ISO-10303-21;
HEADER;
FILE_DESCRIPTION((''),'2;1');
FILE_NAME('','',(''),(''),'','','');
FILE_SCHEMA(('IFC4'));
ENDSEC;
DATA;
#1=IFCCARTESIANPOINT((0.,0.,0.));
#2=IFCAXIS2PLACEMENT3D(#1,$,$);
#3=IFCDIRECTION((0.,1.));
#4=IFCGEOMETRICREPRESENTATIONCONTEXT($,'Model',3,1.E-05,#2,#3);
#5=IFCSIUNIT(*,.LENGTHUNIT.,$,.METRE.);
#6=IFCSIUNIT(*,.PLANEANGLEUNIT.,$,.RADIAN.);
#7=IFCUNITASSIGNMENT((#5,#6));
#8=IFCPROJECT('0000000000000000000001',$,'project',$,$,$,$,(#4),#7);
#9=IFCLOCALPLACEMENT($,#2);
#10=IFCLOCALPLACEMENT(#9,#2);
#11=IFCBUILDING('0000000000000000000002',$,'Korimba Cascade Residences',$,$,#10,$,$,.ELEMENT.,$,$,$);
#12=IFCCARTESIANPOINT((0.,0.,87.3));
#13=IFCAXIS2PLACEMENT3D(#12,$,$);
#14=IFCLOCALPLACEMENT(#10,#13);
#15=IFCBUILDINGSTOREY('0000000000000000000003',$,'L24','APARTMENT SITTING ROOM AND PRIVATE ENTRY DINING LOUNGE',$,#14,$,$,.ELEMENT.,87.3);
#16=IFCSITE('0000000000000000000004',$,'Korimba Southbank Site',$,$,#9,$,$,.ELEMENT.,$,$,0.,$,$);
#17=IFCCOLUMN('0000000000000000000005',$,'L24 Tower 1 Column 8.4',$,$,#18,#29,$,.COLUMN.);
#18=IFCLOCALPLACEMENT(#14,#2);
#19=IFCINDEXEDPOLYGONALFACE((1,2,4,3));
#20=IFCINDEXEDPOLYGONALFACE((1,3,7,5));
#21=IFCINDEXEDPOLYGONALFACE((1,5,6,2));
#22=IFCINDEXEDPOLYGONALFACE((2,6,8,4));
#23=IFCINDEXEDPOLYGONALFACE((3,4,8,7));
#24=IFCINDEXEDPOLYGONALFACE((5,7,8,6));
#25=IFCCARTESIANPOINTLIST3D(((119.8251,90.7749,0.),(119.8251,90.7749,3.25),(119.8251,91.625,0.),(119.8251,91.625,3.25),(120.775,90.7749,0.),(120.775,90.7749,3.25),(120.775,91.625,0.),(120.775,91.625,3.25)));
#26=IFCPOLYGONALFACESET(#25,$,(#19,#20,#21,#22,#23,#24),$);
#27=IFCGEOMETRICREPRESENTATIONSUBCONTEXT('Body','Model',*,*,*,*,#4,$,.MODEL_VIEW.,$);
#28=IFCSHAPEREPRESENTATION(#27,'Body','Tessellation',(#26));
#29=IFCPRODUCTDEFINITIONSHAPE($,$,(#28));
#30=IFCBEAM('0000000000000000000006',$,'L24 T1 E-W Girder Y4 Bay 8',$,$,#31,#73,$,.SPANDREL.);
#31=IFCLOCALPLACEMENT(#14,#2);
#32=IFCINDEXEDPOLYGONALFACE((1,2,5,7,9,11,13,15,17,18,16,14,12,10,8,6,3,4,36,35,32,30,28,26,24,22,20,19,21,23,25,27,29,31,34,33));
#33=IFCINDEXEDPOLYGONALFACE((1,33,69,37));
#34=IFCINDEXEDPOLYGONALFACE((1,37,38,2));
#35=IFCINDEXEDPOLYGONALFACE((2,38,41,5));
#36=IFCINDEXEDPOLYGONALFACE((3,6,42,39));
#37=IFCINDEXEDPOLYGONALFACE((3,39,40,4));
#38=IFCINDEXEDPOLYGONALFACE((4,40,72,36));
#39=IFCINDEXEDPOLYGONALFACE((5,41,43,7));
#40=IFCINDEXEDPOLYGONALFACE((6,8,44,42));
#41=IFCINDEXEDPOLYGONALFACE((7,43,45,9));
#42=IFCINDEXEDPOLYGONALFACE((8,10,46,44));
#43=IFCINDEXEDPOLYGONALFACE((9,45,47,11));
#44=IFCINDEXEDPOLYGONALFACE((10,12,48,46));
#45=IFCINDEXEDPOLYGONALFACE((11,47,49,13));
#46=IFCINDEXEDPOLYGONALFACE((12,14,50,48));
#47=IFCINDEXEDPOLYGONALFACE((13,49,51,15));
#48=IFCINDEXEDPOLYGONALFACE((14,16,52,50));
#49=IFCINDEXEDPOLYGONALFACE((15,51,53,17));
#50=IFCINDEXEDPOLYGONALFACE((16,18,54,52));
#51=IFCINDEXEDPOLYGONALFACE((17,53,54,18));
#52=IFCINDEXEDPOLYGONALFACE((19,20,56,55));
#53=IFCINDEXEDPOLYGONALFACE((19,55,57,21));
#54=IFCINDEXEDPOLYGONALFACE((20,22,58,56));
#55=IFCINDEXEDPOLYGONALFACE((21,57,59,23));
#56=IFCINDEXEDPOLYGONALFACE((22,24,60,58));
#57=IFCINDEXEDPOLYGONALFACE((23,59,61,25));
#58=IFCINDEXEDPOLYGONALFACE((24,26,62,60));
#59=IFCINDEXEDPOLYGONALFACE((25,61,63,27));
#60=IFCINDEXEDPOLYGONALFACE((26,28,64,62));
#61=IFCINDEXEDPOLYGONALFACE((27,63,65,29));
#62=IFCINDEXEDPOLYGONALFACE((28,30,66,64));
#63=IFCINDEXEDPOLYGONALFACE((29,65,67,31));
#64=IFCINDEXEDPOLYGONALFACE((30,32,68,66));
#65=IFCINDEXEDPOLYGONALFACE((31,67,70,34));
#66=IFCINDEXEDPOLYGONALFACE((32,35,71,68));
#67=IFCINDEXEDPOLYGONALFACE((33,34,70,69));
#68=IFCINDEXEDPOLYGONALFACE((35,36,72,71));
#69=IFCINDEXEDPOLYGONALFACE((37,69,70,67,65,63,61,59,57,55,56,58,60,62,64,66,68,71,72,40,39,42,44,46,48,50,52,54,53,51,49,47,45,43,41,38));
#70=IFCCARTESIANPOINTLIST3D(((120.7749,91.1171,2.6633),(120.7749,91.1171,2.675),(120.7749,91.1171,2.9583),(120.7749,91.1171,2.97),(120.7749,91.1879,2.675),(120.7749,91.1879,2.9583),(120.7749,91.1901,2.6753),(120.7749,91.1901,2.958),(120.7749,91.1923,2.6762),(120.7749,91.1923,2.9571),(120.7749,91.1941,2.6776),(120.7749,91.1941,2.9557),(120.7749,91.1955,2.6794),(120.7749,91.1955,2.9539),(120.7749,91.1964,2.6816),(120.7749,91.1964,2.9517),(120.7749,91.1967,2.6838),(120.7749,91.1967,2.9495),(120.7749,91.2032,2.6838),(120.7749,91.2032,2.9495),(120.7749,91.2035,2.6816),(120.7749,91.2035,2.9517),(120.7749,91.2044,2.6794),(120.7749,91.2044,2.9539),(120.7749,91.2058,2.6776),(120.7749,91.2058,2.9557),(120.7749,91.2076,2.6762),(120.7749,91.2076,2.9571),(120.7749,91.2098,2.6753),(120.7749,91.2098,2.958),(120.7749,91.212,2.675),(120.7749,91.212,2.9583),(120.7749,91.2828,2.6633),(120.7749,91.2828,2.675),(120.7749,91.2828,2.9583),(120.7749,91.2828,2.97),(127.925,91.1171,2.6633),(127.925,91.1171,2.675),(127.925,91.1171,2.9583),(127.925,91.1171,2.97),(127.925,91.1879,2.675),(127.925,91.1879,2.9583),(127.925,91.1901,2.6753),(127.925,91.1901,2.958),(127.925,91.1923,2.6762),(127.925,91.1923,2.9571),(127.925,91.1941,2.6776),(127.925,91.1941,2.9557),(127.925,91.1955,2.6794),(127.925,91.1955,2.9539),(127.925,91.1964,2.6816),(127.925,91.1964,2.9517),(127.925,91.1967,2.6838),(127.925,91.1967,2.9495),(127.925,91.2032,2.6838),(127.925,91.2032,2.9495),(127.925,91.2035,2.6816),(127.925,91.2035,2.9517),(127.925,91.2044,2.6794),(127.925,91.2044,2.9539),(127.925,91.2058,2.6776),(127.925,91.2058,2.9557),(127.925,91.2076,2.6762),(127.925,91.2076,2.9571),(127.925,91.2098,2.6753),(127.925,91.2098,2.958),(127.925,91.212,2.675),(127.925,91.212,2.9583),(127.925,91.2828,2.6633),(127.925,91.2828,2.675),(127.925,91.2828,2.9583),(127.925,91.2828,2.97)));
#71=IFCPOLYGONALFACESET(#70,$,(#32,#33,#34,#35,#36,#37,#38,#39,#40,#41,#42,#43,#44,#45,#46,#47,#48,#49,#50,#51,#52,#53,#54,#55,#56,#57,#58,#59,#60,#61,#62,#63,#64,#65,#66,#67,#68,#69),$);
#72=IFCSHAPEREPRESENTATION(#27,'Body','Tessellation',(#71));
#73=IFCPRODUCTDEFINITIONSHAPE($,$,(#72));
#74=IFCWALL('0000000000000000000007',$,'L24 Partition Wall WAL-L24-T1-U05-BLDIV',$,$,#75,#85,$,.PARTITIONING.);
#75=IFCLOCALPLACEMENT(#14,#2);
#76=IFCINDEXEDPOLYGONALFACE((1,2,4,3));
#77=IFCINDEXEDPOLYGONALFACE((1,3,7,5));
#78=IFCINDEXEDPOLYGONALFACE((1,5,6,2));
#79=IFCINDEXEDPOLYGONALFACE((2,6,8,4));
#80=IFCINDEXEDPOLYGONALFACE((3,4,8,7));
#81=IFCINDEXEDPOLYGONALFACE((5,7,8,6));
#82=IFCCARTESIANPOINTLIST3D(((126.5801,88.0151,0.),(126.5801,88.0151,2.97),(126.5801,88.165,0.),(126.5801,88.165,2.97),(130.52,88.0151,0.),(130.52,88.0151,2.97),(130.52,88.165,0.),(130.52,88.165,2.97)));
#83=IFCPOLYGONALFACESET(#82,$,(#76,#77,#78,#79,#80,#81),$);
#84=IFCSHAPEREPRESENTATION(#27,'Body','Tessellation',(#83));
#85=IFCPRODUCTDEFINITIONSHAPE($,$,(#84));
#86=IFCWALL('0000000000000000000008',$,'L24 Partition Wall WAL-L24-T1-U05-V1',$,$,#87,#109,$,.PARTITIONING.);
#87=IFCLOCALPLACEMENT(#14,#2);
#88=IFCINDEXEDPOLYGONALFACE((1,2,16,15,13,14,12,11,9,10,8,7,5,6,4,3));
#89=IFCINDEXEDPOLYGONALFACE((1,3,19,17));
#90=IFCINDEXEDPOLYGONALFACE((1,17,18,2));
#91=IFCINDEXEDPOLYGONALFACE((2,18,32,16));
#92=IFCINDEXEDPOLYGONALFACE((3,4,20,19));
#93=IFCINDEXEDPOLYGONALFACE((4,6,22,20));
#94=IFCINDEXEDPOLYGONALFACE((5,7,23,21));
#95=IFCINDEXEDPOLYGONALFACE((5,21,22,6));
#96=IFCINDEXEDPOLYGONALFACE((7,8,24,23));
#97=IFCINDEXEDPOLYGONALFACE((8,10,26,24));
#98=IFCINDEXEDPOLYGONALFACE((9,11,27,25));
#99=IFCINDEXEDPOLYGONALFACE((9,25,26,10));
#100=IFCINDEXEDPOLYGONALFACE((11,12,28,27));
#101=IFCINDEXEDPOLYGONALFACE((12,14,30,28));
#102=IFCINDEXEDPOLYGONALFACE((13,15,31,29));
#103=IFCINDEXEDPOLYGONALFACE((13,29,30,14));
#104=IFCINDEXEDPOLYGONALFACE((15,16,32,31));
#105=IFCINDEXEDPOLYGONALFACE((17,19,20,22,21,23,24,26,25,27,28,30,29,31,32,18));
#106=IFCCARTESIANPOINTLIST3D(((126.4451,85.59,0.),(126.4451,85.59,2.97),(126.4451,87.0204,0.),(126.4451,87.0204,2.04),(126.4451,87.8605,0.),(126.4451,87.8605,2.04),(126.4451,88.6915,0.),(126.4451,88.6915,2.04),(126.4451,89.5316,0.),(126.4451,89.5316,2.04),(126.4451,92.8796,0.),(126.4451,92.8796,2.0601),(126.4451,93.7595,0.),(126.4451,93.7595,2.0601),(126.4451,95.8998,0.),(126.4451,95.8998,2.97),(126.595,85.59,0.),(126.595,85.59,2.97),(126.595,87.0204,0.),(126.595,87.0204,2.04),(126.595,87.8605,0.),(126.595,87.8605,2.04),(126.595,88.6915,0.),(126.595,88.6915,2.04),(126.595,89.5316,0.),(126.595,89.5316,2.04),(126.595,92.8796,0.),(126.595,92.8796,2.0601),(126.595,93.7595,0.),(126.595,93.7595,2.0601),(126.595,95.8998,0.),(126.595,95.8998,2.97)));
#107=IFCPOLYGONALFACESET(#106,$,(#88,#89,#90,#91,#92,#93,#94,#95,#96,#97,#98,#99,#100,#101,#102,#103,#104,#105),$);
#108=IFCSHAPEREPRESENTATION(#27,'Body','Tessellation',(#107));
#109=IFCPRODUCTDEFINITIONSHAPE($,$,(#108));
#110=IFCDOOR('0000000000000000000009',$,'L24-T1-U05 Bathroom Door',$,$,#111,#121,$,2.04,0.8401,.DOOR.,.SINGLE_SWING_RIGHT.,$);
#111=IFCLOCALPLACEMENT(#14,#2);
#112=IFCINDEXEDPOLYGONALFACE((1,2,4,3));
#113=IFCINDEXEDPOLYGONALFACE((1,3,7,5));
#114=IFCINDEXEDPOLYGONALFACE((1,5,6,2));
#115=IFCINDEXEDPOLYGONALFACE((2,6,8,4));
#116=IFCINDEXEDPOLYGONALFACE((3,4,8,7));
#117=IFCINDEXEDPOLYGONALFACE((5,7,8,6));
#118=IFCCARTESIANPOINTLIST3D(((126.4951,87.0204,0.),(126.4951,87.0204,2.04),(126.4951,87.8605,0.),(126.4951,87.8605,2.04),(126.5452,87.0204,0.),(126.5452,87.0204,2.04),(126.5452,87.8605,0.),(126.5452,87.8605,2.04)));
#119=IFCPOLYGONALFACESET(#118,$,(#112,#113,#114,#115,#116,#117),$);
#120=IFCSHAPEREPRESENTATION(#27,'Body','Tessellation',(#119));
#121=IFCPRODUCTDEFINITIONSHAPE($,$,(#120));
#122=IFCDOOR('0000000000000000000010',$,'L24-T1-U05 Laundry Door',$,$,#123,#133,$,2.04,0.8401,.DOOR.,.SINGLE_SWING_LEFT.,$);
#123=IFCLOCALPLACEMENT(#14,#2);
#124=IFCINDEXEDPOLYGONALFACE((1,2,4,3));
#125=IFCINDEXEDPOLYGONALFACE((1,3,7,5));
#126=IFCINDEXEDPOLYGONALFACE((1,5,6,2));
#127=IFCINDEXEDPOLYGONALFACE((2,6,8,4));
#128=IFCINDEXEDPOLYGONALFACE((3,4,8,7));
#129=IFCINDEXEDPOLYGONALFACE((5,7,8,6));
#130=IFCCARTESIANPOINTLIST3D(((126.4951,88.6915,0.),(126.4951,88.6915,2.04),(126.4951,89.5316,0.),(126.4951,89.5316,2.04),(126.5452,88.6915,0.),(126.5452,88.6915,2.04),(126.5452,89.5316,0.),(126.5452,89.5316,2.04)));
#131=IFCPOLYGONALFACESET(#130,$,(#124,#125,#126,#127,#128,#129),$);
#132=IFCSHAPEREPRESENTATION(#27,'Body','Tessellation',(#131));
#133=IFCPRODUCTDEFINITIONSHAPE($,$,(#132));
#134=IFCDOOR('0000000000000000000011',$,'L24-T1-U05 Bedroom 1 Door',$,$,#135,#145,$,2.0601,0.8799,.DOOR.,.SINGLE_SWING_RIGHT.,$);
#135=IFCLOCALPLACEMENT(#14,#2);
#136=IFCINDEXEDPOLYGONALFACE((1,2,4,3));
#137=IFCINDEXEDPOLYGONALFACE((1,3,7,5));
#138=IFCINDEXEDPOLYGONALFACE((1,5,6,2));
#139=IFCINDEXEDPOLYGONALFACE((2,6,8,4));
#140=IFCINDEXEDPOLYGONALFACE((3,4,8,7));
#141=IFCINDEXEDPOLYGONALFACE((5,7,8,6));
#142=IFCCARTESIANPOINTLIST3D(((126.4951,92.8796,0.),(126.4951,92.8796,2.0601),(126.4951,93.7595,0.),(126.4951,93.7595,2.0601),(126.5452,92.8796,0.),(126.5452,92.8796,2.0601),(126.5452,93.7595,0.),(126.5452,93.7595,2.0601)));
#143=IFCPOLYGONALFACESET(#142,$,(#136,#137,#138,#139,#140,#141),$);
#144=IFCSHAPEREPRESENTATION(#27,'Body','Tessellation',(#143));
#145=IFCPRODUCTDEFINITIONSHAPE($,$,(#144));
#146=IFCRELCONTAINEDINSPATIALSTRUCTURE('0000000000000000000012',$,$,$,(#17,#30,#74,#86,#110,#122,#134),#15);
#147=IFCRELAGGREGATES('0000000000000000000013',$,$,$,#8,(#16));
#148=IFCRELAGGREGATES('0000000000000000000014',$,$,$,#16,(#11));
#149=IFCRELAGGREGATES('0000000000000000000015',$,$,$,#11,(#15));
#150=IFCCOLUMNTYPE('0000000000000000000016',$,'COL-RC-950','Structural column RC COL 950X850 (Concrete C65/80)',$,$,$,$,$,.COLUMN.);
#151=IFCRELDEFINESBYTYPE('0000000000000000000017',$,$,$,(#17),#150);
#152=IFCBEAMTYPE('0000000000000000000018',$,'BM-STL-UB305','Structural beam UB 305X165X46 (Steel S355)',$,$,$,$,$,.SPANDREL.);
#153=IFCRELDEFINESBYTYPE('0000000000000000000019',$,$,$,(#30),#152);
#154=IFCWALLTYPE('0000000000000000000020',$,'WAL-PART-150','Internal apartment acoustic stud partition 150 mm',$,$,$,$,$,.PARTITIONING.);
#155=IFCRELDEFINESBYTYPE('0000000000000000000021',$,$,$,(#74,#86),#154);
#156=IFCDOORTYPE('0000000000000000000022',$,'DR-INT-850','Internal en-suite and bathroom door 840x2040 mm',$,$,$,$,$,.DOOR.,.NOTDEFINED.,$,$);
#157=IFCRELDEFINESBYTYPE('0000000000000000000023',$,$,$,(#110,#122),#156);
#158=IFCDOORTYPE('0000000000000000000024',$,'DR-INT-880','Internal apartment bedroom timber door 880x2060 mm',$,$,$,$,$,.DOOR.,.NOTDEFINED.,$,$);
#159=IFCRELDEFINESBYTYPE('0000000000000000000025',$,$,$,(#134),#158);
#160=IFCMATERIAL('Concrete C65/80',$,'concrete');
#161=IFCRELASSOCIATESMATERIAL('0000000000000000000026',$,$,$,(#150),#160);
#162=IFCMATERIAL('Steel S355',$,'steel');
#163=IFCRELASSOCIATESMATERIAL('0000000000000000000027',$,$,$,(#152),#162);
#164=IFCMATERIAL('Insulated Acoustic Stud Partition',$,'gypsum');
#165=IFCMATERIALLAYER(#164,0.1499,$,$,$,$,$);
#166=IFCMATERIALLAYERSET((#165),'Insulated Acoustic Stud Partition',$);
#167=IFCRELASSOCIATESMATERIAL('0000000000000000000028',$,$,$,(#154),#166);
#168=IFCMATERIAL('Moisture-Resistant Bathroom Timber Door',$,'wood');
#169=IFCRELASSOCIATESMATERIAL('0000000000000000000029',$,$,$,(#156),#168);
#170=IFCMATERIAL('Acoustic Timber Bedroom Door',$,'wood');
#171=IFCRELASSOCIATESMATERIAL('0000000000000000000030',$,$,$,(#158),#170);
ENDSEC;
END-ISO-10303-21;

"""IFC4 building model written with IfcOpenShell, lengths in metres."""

from ifc_helpers import new_model, si_unit, direction, frame, frame_2d, origin, origin_2d, place, context, subcontext, project, spatial, rectangle, i_section, extrude, material, layer, layer_set, material_profile, profile_set, type_object, element, fill, save


model = new_model("IFC4")

# Units and contexts
model_context = context("Model", 3, precision=1e-05, world=origin(), true_north=direction((0.0, 1.0)))
body_context = subcontext(model_context, "Body", "Model", "MODEL_VIEW")
ifc_project = project(units=[si_unit("LENGTHUNIT", "METRE"), si_unit("PLANEANGLEUNIT", "RADIAN")], contexts=[model_context])

# Site, building, storey
site_placement = place(None, origin())
site = spatial("IfcSite", under=ifc_project, at=site_placement, Name="Korimba Southbank Site", CompositionType="ELEMENT", RefElevation=0.0)
building_placement = place(site_placement, origin())
building = spatial("IfcBuilding", under=site, at=building_placement, Name="Korimba Cascade Residences", CompositionType="ELEMENT")
storey_placement = place(building_placement, frame((0.0, 0.0, 87.3)))
storey = spatial("IfcBuildingStorey", under=building, at=storey_placement, Name="L24", Description="APARTMENT SITTING ROOM AND PRIVATE ENTRY DINING LOUNGE", CompositionType="ELEMENT", Elevation=87.3)

# Column
ifc_material_1 = material(Name="Concrete C65/80", Category="concrete")
ifc_material_profile_1 = material_profile(ifc_material_1, rectangle(XDim=0.95, YDim=0.8501, at=origin_2d()), Name="Concrete C65/80")
ifc_profile_set_1 = profile_set([ifc_material_profile_1], Name="Concrete C65/80")
column_type = type_object("IfcColumnType", Name="COL-RC-950", Description="Structural column RC COL 950X850 (Concrete C65/80)", PredefinedType="COLUMN", material=ifc_profile_set_1)
column_placement = place(storey_placement, frame((120.3, 91.2, 0.0), z_axis=(0.0, 0.0, 1.0), x_axis=(1.0, 0.0, 0.0)))
element("IfcColumn", 1, at=column_placement, inside=storey, type_object=column_type, Name="L24 Tower 1 Column 8.4", PredefinedType="COLUMN", context=body_context, shape_type="SweptSolid", body=[
    extrude(rectangle(XDim=0.95, YDim=0.8501, at=origin_2d()), origin(), (0.0, 0.0, 1.0), 3.25),
])

# Beam
ifc_material_2 = material(Name="Steel S355", Category="steel")
ifc_material_profile_2 = material_profile(ifc_material_2, i_section(OverallWidth=0.1658, OverallDepth=0.3066, WebThickness=0.0066, FlangeThickness=0.0117, FilletRadius=0.0088, at=origin_2d()), Name="Steel S355")
ifc_profile_set_2 = profile_set([ifc_material_profile_2], Name="Steel S355")
beam_type = type_object("IfcBeamType", Name="BM-STL-UB305", Description="Structural beam UB 305X165X46 (Steel S355)", PredefinedType="SPANDREL", material=ifc_profile_set_2)
beam_placement = place(storey_placement, frame((120.7749, 91.2, 2.8167), z_axis=(1.0, 0.0, 0.0), x_axis=(0.0, 1.0, 0.0)))
element("IfcBeam", 2, at=beam_placement, inside=storey, type_object=beam_type, Name="L24 T1 E-W Girder Y4 Bay 8", PredefinedType="SPANDREL", context=body_context, shape_type="SweptSolid", body=[
    extrude(i_section(OverallWidth=0.1658, OverallDepth=0.3066, WebThickness=0.0066, FlangeThickness=0.0117, FilletRadius=0.0088, at=origin_2d()), origin(), (0.0, 0.0, 1.0), 7.1501),
])

# Wall
ifc_material_3 = material(Name="Insulated Acoustic Stud Partition", Category="gypsum")
ifc_layer = layer(ifc_material_3, 0.1499)
ifc_layer_set = layer_set([ifc_layer], Name="Insulated Acoustic Stud Partition")
wall_type = type_object("IfcWallType", Name="WAL-PART-150", Description="Internal apartment acoustic stud partition 150 mm", PredefinedType="PARTITIONING", material=ifc_layer_set)
wall_1_placement = place(storey_placement, frame((126.5801, 88.0901, 0.0), z_axis=(0.0, 0.0, 1.0), x_axis=(1.0, 0.0, 0.0)))
element("IfcWall", 3, at=wall_1_placement, inside=storey, type_object=wall_type, Name="L24 Partition Wall WAL-L24-T1-U05-BLDIV", PredefinedType="PARTITIONING", context=body_context, shape_type="SweptSolid", body=[
    extrude(rectangle(XDim=3.9399, YDim=0.1499, at=frame_2d((1.97, 0.0))), origin(), (0.0, 0.0, 1.0), 2.97),
])

# Wall, openings, doors
wall_2_placement = place(storey_placement, frame((126.52, 85.5901, 0.0), z_axis=(0.0, 0.0, 1.0), x_axis=(0.0, 1.0, 0.0)))
wall_2 = element("IfcWall", 4, at=wall_2_placement, inside=storey, type_object=wall_type, Name="L24 Partition Wall WAL-L24-T1-U05-V1", PredefinedType="PARTITIONING", context=body_context, shape_type="SweptSolid", body=[
    extrude(rectangle(XDim=10.3098, YDim=0.1499, at=frame_2d((5.1548, 0.0))), origin(), (0.0, 0.0, 1.0), 2.97),
])
opening_1_placement = place(wall_2_placement, frame((1.4304, 0.0, 0.0)))
opening_1 = element("IfcOpeningElement", 5, at=opening_1_placement, cuts=wall_2, PredefinedType="OPENING", context=body_context, shape_type="SweptSolid", body=[
    extrude(rectangle(XDim=0.8401, YDim=2.04, at=frame_2d((0.4199, 1.02))), frame((0.0, 0.085, 0.0), z_axis=(0.0, -1.0, 0.0), x_axis=(1.0, 0.0, 0.0)), (0.0, 0.0, 1.0), 0.1699),
])
opening_2_placement = place(wall_2_placement, frame((3.1016, 0.0, 0.0)))
opening_2 = element("IfcOpeningElement", 6, at=opening_2_placement, cuts=wall_2, PredefinedType="OPENING", context=body_context, shape_type="SweptSolid", body=[
    extrude(rectangle(XDim=0.8401, YDim=2.04, at=frame_2d((0.4199, 1.02))), frame((0.0, 0.085, 0.0), z_axis=(0.0, -1.0, 0.0), x_axis=(1.0, 0.0, 0.0)), (0.0, 0.0, 1.0), 0.1699),
])
opening_3_placement = place(wall_2_placement, frame((7.2896, 0.0, 0.0)))
opening_3 = element("IfcOpeningElement", 7, at=opening_3_placement, cuts=wall_2, PredefinedType="OPENING", context=body_context, shape_type="SweptSolid", body=[
    extrude(rectangle(XDim=0.8799, YDim=2.0601, at=frame_2d((0.4399, 1.03))), frame((0.0, 0.085, 0.0), z_axis=(0.0, -1.0, 0.0), x_axis=(1.0, 0.0, 0.0)), (0.0, 0.0, 1.0), 0.1699),
])
ifc_material_4 = material(Name="Moisture-Resistant Bathroom Timber Door", Category="wood")
door_type_1 = type_object("IfcDoorType", Name="DR-INT-850", Description="Internal en-suite and bathroom door 840x2040 mm", OperationType="NOTDEFINED", PredefinedType="DOOR", material=ifc_material_4)
door_1_placement = place(opening_1_placement, origin())
door_1 = element("IfcDoor", 8, at=door_1_placement, inside=storey, type_object=door_type_1, Name="L24-T1-U05 Bathroom Door", OperationType="SINGLE_SWING_RIGHT", OverallHeight=2.04, OverallWidth=0.8401, PredefinedType="DOOR", context=body_context, shape_type="SweptSolid", body=[
    extrude(rectangle(XDim=0.8401, YDim=2.04, at=frame_2d((0.4199, 1.02))), frame((0.0, 0.0249, 0.0), z_axis=(0.0, -1.0, 0.0), x_axis=(1.0, 0.0, 0.0)), (0.0, 0.0, 1.0), 0.05),
])
fill(opening_1, door_1)
door_2_placement = place(opening_2_placement, origin())
door_2 = element("IfcDoor", 9, at=door_2_placement, inside=storey, type_object=door_type_1, Name="L24-T1-U05 Laundry Door", OperationType="SINGLE_SWING_LEFT", OverallHeight=2.04, OverallWidth=0.8401, PredefinedType="DOOR", context=body_context, shape_type="SweptSolid", body=[
    extrude(rectangle(XDim=0.8401, YDim=2.04, at=frame_2d((0.4199, 1.02))), frame((0.0, 0.0249, 0.0), z_axis=(0.0, -1.0, 0.0), x_axis=(1.0, 0.0, 0.0)), (0.0, 0.0, 1.0), 0.05),
])
fill(opening_2, door_2)
ifc_material_5 = material(Name="Acoustic Timber Bedroom Door", Category="wood")
door_type_2 = type_object("IfcDoorType", Name="DR-INT-880", Description="Internal apartment bedroom timber door 880x2060 mm", OperationType="NOTDEFINED", PredefinedType="DOOR", material=ifc_material_5)
door_3_placement = place(opening_3_placement, origin())
door_3 = element("IfcDoor", 10, at=door_3_placement, inside=storey, type_object=door_type_2, Name="L24-T1-U05 Bedroom 1 Door", OperationType="SINGLE_SWING_RIGHT", OverallHeight=2.0601, OverallWidth=0.8799, PredefinedType="DOOR", context=body_context, shape_type="SweptSolid", body=[
    extrude(rectangle(XDim=0.8799, YDim=2.0601, at=frame_2d((0.4399, 1.03))), frame((0.0, 0.0249, 0.0), z_axis=(0.0, -1.0, 0.0), x_axis=(1.0, 0.0, 0.0)), (0.0, 0.0, 1.0), 0.05),
])
fill(opening_3, door_3)

save(model, "model.ifc")
